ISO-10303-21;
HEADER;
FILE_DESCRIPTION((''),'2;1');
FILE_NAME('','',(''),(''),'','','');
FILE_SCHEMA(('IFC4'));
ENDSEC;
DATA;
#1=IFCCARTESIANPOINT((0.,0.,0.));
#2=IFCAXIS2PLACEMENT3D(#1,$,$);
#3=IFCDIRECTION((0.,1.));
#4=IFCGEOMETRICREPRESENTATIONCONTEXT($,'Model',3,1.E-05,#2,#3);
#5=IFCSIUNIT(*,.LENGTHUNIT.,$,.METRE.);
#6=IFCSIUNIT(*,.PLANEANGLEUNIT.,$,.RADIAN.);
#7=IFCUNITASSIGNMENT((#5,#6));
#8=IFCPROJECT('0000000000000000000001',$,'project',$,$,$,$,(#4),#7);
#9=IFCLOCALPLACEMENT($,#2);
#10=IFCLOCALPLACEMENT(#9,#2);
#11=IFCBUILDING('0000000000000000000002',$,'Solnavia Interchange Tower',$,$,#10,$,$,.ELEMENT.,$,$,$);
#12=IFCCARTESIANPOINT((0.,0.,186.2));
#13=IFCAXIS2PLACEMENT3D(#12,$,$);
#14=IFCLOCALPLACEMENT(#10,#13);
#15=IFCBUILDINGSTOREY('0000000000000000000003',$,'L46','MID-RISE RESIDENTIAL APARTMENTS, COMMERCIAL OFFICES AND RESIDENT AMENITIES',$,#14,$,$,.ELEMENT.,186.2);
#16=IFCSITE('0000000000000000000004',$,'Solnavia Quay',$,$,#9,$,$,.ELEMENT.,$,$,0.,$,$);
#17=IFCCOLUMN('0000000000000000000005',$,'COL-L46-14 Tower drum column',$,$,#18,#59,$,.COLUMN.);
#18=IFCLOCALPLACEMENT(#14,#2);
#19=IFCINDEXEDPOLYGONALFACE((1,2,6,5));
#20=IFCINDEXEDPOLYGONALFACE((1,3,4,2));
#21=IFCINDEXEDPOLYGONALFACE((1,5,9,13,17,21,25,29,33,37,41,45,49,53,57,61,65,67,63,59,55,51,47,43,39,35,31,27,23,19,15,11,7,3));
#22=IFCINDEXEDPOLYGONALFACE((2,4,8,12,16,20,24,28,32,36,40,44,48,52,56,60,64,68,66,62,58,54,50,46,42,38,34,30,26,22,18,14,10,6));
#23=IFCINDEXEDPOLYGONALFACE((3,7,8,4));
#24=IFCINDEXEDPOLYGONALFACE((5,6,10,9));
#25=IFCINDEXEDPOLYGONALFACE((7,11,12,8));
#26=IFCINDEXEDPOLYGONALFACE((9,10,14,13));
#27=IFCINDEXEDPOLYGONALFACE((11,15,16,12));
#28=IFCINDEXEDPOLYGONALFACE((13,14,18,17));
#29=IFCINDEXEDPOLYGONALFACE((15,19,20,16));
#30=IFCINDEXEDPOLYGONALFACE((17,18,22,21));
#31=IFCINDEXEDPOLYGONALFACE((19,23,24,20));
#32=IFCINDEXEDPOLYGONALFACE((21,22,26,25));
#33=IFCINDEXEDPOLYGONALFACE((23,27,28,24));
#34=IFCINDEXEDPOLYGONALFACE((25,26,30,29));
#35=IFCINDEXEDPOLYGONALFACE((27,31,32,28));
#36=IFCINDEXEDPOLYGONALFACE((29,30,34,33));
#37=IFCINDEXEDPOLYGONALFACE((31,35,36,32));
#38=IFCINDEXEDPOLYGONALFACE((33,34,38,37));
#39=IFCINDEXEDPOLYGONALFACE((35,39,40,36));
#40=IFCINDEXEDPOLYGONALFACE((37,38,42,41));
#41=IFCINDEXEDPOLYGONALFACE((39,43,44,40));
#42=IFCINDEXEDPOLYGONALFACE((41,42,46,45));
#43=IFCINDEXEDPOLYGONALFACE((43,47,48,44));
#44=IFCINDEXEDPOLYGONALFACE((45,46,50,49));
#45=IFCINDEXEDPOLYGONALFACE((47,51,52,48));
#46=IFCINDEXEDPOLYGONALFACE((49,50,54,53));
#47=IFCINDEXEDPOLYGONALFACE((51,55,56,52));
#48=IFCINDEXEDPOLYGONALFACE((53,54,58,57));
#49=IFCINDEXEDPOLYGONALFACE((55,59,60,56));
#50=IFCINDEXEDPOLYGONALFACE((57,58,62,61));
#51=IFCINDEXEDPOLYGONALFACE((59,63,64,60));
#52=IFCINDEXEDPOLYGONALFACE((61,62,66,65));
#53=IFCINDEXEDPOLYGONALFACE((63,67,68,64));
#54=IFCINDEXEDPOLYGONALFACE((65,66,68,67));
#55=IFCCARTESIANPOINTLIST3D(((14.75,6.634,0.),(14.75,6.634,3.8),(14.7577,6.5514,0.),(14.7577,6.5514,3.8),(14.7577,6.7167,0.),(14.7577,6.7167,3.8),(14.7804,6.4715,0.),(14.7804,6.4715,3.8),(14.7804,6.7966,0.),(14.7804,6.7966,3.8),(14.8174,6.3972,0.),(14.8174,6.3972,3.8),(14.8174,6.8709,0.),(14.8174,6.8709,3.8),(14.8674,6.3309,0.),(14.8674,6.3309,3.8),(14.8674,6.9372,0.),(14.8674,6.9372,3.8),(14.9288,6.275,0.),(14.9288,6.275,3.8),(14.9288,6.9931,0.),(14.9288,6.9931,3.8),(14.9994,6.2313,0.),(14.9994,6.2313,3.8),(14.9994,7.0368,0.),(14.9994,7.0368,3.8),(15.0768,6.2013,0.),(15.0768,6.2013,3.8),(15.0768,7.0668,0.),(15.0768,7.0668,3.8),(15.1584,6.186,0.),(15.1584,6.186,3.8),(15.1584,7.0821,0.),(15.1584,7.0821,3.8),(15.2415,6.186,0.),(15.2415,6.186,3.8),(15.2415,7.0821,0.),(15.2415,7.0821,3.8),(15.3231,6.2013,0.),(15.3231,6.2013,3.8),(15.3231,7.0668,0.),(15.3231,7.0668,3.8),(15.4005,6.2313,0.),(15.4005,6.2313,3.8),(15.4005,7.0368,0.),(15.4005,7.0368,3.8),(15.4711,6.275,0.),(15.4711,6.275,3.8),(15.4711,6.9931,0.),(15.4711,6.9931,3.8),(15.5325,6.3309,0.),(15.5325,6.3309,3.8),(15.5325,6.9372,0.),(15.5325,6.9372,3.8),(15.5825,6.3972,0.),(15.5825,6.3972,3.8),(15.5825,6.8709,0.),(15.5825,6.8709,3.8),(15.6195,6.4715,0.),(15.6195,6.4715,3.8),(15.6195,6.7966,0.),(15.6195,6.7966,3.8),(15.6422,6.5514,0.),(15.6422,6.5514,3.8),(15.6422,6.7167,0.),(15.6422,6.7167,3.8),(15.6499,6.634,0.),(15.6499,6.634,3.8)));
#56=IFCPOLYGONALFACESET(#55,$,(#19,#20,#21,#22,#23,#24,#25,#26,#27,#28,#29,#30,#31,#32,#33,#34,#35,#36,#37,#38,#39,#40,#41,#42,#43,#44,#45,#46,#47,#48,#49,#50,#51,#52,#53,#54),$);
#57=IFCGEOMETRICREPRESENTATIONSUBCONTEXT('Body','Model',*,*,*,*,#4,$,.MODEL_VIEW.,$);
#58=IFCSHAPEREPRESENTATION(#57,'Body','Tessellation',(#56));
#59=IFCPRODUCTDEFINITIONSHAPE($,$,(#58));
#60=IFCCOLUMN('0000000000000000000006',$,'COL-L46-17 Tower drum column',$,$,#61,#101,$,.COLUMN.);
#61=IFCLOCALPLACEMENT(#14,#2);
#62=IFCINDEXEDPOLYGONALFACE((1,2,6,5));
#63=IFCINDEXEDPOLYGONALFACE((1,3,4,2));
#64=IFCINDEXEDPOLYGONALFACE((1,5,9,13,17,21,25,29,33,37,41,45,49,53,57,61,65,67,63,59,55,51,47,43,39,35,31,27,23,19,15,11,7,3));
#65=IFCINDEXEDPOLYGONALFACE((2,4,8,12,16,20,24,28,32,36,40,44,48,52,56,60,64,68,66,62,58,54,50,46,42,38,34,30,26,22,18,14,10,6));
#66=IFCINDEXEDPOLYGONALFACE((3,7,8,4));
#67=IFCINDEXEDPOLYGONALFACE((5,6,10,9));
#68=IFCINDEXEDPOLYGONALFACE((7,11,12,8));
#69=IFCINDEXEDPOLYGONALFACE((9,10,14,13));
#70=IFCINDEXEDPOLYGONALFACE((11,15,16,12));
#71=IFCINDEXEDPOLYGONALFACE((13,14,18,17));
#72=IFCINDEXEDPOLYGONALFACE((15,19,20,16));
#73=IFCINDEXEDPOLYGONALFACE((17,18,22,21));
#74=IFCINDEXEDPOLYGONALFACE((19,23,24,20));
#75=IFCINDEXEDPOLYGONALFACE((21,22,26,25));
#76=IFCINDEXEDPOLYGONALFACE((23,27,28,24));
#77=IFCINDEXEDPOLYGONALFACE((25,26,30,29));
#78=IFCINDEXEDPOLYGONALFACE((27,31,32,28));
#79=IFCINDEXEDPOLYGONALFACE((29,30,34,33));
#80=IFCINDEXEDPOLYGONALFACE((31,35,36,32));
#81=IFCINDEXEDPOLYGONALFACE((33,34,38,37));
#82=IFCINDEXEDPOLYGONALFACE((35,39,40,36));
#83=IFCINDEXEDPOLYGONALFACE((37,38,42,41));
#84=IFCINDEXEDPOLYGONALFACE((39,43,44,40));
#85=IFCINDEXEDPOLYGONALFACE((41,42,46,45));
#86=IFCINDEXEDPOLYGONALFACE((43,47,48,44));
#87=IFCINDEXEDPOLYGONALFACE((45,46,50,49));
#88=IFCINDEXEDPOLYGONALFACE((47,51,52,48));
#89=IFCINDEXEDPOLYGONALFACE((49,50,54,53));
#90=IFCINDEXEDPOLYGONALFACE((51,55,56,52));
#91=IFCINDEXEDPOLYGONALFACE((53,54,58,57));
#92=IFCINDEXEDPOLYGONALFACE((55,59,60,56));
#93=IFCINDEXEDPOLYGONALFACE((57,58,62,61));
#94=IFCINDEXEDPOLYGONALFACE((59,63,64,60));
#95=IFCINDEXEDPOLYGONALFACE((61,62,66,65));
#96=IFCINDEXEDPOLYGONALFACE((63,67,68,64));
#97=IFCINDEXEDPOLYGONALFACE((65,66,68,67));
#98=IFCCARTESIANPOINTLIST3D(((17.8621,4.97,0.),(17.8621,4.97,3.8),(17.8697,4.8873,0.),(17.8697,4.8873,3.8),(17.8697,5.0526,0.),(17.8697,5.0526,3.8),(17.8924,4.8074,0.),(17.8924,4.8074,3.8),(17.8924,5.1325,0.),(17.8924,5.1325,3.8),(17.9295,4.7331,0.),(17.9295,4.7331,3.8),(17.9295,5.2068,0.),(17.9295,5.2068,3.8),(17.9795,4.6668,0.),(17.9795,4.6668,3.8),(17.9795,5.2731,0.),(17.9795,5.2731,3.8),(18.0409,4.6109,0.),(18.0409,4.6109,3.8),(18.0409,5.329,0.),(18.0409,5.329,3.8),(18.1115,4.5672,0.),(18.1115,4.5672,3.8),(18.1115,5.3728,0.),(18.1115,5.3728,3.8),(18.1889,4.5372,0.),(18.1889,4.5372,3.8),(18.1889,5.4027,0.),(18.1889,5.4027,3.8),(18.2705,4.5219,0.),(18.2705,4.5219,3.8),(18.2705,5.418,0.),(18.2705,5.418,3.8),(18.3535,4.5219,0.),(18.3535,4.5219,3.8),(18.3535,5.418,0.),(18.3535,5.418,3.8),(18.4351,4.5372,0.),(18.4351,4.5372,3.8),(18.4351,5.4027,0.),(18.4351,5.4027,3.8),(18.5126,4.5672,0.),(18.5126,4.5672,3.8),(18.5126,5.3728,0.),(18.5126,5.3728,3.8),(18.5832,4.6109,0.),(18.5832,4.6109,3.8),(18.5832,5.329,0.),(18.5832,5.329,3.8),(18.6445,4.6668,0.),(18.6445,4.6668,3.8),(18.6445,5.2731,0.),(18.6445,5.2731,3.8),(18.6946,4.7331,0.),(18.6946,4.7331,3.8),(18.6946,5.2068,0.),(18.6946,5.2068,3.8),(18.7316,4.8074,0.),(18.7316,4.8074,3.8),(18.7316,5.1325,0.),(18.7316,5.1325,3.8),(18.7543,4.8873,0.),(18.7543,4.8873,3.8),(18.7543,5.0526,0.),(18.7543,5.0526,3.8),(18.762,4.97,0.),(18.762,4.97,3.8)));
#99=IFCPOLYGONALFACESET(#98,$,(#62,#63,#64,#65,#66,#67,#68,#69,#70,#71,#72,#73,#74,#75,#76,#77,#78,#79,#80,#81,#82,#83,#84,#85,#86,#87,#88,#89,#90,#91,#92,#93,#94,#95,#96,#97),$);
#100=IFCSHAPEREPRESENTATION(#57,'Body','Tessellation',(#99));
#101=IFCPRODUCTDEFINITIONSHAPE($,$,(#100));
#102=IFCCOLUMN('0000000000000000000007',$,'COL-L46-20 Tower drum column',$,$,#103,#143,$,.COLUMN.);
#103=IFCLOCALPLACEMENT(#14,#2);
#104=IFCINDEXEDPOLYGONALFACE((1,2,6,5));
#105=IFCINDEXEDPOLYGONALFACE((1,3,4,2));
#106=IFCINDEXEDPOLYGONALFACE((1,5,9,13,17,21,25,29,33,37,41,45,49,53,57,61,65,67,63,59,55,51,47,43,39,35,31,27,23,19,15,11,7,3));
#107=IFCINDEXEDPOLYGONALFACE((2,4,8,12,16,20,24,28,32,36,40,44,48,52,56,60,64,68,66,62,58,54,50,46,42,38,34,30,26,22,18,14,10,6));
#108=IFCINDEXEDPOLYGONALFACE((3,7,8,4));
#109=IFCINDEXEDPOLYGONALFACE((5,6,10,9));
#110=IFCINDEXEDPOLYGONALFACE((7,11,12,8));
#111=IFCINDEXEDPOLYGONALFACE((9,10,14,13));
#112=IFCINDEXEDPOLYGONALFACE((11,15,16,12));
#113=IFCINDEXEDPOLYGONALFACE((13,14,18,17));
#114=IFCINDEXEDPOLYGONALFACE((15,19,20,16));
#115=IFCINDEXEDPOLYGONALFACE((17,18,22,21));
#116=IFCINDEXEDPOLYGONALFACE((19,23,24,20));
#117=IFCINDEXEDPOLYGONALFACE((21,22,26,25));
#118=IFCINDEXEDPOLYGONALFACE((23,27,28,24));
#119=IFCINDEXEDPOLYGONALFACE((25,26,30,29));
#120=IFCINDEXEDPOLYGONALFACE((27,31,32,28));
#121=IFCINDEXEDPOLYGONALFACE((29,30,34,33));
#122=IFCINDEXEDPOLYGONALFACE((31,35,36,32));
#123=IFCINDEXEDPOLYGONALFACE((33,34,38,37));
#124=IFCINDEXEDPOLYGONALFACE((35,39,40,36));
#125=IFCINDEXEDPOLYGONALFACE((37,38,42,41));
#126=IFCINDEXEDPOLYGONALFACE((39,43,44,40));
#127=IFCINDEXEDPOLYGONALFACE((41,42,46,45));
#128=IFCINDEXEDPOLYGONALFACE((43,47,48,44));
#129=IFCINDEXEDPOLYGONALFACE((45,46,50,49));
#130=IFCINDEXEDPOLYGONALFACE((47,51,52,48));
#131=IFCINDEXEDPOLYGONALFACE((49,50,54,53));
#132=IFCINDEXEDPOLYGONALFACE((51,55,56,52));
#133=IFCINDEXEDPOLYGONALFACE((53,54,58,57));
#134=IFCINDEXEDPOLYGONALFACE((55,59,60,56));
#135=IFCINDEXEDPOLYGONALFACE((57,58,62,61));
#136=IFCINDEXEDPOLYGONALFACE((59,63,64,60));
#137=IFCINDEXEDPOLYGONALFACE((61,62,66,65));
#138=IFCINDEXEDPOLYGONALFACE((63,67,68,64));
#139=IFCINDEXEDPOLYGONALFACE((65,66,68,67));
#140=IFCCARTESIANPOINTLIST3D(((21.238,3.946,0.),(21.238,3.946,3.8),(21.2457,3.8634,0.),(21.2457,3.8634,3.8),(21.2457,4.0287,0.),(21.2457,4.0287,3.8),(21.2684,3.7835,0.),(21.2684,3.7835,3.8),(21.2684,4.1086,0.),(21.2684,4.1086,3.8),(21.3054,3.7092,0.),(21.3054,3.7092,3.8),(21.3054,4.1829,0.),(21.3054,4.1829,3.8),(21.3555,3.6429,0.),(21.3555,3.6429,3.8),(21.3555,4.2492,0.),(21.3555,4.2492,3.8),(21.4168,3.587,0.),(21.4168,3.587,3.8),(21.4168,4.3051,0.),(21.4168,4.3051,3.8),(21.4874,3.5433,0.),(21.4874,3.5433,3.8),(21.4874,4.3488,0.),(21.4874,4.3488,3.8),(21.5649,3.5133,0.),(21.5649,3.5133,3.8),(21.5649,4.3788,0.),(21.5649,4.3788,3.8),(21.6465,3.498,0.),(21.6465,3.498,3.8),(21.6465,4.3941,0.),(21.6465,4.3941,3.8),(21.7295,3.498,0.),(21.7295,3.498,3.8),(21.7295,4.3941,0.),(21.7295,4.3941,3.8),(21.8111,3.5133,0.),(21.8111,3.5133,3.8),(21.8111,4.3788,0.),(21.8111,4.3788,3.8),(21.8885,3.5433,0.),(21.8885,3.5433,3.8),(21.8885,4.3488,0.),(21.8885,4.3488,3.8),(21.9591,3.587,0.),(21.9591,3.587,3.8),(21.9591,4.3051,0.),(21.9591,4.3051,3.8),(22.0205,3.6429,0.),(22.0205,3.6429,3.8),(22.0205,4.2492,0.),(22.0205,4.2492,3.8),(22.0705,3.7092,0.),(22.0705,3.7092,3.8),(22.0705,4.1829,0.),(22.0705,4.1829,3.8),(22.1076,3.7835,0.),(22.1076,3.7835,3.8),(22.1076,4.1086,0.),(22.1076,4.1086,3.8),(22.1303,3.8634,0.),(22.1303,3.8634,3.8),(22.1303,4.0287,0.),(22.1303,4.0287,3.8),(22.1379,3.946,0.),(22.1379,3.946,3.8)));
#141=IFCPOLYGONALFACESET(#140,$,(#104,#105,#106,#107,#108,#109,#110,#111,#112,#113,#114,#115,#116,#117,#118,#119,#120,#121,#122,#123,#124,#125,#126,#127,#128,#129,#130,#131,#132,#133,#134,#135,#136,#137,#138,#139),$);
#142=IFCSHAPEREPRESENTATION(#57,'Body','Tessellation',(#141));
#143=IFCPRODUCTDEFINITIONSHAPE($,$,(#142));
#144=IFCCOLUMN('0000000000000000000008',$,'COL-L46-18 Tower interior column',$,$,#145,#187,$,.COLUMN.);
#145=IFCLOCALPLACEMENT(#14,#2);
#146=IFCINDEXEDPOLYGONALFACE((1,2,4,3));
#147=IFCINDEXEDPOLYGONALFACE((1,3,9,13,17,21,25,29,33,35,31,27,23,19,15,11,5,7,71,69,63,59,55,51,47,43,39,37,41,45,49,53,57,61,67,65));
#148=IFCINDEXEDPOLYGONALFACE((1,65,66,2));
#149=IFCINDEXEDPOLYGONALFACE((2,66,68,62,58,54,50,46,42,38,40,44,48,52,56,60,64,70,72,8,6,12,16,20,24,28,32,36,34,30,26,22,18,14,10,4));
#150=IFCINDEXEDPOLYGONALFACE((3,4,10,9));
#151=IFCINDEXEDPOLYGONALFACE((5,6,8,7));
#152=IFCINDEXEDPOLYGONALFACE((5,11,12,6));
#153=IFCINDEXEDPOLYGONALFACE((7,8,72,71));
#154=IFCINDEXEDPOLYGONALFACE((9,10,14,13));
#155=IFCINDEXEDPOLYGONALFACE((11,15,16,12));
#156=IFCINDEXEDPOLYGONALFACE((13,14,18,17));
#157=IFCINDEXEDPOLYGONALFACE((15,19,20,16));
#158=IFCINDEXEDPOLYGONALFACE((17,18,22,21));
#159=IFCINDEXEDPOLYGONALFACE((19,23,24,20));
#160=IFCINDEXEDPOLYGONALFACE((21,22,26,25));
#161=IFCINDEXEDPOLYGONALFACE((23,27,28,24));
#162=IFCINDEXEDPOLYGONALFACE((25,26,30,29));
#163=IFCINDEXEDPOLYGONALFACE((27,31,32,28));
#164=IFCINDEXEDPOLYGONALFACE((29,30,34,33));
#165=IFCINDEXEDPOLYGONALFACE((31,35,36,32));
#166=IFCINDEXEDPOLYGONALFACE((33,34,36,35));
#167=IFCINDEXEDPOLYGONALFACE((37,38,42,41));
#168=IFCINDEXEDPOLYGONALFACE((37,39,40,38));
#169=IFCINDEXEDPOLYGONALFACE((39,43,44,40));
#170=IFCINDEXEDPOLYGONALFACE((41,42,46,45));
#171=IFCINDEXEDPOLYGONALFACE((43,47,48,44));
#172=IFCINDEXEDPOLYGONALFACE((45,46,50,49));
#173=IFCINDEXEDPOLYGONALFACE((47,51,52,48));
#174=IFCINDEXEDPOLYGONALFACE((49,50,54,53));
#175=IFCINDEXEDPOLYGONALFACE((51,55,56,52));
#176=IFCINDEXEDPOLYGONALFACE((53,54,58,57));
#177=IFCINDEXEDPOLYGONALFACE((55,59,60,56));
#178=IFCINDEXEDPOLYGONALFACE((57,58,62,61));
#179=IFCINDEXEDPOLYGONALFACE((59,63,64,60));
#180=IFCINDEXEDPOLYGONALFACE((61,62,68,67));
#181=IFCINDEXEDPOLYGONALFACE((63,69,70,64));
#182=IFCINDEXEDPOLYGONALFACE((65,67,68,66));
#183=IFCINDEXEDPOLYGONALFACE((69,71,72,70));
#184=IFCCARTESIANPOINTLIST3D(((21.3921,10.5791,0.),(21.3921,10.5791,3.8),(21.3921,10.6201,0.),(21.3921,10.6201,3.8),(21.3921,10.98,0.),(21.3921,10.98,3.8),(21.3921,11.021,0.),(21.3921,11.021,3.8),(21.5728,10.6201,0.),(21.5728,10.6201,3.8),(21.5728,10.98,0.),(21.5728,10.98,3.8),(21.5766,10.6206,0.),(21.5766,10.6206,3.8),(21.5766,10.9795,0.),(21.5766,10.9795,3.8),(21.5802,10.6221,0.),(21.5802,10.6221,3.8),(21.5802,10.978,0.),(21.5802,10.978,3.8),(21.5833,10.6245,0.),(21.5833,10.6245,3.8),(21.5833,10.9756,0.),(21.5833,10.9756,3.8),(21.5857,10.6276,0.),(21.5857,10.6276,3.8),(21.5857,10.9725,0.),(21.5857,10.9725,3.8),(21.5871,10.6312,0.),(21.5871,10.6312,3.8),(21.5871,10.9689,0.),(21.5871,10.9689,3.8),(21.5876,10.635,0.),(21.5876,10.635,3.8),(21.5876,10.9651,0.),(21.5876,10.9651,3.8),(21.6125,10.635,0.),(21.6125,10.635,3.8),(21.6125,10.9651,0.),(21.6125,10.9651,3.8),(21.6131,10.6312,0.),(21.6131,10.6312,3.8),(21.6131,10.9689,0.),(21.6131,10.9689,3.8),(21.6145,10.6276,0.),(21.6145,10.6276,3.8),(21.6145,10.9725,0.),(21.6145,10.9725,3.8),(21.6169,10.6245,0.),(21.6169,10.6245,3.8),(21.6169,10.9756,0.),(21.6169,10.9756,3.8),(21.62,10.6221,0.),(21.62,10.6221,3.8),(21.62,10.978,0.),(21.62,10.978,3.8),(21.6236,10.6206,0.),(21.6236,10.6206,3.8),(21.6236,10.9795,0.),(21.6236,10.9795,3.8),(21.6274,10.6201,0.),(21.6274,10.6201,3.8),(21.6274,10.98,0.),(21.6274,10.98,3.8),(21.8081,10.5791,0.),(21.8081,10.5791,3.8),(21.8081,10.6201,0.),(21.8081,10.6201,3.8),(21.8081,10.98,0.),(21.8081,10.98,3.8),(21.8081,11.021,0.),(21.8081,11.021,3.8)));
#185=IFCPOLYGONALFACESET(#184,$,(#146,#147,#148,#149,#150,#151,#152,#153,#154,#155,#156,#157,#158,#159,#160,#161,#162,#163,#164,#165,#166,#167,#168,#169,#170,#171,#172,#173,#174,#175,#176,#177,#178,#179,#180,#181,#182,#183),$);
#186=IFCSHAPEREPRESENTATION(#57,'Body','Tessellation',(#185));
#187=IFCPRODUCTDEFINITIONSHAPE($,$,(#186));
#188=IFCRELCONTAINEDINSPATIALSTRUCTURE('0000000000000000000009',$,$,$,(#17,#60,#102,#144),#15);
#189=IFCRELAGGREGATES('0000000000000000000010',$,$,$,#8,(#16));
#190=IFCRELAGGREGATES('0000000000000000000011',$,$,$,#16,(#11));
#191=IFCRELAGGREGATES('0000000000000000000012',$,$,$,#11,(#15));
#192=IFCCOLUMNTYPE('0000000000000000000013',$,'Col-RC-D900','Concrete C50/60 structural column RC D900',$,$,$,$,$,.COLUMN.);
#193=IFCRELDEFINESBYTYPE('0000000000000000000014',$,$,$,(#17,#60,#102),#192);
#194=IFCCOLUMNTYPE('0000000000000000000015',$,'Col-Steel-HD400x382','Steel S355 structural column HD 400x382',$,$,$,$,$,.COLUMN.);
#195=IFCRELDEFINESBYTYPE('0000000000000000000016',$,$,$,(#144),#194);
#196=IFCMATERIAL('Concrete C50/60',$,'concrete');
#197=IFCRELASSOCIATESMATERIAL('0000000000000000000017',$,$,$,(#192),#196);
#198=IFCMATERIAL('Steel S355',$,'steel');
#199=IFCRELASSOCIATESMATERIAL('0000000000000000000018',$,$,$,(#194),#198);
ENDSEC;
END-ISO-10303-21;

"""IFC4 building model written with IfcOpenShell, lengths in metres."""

from ifc_helpers import new_model, si_unit, direction, frame, origin, origin_2d, place, context, subcontext, project, spatial, circle, i_section, extrude, material, material_profile, profile_set, type_object, element, save


model = new_model("IFC4")

# Units and contexts
model_context = context("Model", 3, precision=1e-05, world=origin(), true_north=direction((0.0, 1.0)))
body_context = subcontext(model_context, "Body", "Model", "MODEL_VIEW")
ifc_project = project(units=[si_unit("LENGTHUNIT", "METRE"), si_unit("PLANEANGLEUNIT", "RADIAN")], contexts=[model_context])

# Site, building, storey
site_placement = place(None, origin())
site = spatial("IfcSite", under=ifc_project, at=site_placement, Name="Solnavia Quay", CompositionType="ELEMENT", RefElevation=0.0)
building_placement = place(site_placement, origin())
building = spatial("IfcBuilding", under=site, at=building_placement, Name="Solnavia Interchange Tower", CompositionType="ELEMENT")
storey_placement = place(building_placement, frame((0.0, 0.0, 186.2)))
storey = spatial("IfcBuildingStorey", under=building, at=storey_placement, Name="L46", Description="MID-RISE RESIDENTIAL APARTMENTS, COMMERCIAL OFFICES AND RESIDENT AMENITIES", CompositionType="ELEMENT", Elevation=186.2)

# Columns
ifc_material_1 = material(Name="Concrete C50/60", Category="concrete")
ifc_material_profile_1 = material_profile(ifc_material_1, circle(Radius=0.45, at=origin_2d()), Name="RC D900")
ifc_profile_set_1 = profile_set([ifc_material_profile_1], Name="Concrete C50/60")
column_type_1 = type_object("IfcColumnType", Name="Col-RC-D900", Description="Concrete C50/60 structural column RC D900", PredefinedType="COLUMN", material=ifc_profile_set_1)
for number, where, z_axis, x_axis, name in (
    (1, (15.2, 6.634, 0.0), (0.0, 0.0, 1.0), (1.0, 0.0, 0.0), "COL-L46-14 Tower drum column"),
    (2, (18.312, 4.97, 0.0), (0.0, 0.0, 1.0), (1.0, 0.0, 0.0), "COL-L46-17 Tower drum column"),
    (3, (21.688, 3.946, 0.0), (0.0, 0.0, 1.0), (1.0, 0.0, 0.0), "COL-L46-20 Tower drum column"),
):
    element("IfcColumn", number, at=place(storey_placement, frame(where, z_axis=z_axis, x_axis=x_axis)), inside=storey, type_object=column_type_1, Name=name, PredefinedType="COLUMN", context=body_context, shape_type="SweptSolid", body=[
        extrude(circle(Radius=0.45, at=origin_2d()), origin(), (0.0, 0.0, 1.0), 3.8),
    ])
ifc_material_2 = material(Name="Steel S355", Category="steel")
ifc_material_profile_2 = material_profile(ifc_material_2, i_section(OverallWidth=0.416, OverallDepth=0.4419, WebThickness=0.0249, FlangeThickness=0.041, FilletRadius=0.0149, at=origin_2d()), Name="HD 400x382")
ifc_profile_set_2 = profile_set([ifc_material_profile_2], Name="Steel S355")
column_type_2 = type_object("IfcColumnType", Name="Col-Steel-HD400x382", Description="Steel S355 structural column HD 400x382", PredefinedType="COLUMN", material=ifc_profile_set_2)
column_placement = place(storey_placement, frame((21.6001, 10.8, 0.0), z_axis=(0.0, 0.0, 1.0), x_axis=(1.0, 0.0, 0.0)))
element("IfcColumn", 4, at=column_placement, inside=storey, type_object=column_type_2, Name="COL-L46-18 Tower interior column", PredefinedType="COLUMN", context=body_context, shape_type="SweptSolid", body=[
    extrude(i_section(OverallWidth=0.416, OverallDepth=0.4419, WebThickness=0.0249, FlangeThickness=0.041, FilletRadius=0.0149, at=origin_2d()), origin(), (0.0, 0.0, 1.0), 3.8),
])

save(model, "model.ifc")
